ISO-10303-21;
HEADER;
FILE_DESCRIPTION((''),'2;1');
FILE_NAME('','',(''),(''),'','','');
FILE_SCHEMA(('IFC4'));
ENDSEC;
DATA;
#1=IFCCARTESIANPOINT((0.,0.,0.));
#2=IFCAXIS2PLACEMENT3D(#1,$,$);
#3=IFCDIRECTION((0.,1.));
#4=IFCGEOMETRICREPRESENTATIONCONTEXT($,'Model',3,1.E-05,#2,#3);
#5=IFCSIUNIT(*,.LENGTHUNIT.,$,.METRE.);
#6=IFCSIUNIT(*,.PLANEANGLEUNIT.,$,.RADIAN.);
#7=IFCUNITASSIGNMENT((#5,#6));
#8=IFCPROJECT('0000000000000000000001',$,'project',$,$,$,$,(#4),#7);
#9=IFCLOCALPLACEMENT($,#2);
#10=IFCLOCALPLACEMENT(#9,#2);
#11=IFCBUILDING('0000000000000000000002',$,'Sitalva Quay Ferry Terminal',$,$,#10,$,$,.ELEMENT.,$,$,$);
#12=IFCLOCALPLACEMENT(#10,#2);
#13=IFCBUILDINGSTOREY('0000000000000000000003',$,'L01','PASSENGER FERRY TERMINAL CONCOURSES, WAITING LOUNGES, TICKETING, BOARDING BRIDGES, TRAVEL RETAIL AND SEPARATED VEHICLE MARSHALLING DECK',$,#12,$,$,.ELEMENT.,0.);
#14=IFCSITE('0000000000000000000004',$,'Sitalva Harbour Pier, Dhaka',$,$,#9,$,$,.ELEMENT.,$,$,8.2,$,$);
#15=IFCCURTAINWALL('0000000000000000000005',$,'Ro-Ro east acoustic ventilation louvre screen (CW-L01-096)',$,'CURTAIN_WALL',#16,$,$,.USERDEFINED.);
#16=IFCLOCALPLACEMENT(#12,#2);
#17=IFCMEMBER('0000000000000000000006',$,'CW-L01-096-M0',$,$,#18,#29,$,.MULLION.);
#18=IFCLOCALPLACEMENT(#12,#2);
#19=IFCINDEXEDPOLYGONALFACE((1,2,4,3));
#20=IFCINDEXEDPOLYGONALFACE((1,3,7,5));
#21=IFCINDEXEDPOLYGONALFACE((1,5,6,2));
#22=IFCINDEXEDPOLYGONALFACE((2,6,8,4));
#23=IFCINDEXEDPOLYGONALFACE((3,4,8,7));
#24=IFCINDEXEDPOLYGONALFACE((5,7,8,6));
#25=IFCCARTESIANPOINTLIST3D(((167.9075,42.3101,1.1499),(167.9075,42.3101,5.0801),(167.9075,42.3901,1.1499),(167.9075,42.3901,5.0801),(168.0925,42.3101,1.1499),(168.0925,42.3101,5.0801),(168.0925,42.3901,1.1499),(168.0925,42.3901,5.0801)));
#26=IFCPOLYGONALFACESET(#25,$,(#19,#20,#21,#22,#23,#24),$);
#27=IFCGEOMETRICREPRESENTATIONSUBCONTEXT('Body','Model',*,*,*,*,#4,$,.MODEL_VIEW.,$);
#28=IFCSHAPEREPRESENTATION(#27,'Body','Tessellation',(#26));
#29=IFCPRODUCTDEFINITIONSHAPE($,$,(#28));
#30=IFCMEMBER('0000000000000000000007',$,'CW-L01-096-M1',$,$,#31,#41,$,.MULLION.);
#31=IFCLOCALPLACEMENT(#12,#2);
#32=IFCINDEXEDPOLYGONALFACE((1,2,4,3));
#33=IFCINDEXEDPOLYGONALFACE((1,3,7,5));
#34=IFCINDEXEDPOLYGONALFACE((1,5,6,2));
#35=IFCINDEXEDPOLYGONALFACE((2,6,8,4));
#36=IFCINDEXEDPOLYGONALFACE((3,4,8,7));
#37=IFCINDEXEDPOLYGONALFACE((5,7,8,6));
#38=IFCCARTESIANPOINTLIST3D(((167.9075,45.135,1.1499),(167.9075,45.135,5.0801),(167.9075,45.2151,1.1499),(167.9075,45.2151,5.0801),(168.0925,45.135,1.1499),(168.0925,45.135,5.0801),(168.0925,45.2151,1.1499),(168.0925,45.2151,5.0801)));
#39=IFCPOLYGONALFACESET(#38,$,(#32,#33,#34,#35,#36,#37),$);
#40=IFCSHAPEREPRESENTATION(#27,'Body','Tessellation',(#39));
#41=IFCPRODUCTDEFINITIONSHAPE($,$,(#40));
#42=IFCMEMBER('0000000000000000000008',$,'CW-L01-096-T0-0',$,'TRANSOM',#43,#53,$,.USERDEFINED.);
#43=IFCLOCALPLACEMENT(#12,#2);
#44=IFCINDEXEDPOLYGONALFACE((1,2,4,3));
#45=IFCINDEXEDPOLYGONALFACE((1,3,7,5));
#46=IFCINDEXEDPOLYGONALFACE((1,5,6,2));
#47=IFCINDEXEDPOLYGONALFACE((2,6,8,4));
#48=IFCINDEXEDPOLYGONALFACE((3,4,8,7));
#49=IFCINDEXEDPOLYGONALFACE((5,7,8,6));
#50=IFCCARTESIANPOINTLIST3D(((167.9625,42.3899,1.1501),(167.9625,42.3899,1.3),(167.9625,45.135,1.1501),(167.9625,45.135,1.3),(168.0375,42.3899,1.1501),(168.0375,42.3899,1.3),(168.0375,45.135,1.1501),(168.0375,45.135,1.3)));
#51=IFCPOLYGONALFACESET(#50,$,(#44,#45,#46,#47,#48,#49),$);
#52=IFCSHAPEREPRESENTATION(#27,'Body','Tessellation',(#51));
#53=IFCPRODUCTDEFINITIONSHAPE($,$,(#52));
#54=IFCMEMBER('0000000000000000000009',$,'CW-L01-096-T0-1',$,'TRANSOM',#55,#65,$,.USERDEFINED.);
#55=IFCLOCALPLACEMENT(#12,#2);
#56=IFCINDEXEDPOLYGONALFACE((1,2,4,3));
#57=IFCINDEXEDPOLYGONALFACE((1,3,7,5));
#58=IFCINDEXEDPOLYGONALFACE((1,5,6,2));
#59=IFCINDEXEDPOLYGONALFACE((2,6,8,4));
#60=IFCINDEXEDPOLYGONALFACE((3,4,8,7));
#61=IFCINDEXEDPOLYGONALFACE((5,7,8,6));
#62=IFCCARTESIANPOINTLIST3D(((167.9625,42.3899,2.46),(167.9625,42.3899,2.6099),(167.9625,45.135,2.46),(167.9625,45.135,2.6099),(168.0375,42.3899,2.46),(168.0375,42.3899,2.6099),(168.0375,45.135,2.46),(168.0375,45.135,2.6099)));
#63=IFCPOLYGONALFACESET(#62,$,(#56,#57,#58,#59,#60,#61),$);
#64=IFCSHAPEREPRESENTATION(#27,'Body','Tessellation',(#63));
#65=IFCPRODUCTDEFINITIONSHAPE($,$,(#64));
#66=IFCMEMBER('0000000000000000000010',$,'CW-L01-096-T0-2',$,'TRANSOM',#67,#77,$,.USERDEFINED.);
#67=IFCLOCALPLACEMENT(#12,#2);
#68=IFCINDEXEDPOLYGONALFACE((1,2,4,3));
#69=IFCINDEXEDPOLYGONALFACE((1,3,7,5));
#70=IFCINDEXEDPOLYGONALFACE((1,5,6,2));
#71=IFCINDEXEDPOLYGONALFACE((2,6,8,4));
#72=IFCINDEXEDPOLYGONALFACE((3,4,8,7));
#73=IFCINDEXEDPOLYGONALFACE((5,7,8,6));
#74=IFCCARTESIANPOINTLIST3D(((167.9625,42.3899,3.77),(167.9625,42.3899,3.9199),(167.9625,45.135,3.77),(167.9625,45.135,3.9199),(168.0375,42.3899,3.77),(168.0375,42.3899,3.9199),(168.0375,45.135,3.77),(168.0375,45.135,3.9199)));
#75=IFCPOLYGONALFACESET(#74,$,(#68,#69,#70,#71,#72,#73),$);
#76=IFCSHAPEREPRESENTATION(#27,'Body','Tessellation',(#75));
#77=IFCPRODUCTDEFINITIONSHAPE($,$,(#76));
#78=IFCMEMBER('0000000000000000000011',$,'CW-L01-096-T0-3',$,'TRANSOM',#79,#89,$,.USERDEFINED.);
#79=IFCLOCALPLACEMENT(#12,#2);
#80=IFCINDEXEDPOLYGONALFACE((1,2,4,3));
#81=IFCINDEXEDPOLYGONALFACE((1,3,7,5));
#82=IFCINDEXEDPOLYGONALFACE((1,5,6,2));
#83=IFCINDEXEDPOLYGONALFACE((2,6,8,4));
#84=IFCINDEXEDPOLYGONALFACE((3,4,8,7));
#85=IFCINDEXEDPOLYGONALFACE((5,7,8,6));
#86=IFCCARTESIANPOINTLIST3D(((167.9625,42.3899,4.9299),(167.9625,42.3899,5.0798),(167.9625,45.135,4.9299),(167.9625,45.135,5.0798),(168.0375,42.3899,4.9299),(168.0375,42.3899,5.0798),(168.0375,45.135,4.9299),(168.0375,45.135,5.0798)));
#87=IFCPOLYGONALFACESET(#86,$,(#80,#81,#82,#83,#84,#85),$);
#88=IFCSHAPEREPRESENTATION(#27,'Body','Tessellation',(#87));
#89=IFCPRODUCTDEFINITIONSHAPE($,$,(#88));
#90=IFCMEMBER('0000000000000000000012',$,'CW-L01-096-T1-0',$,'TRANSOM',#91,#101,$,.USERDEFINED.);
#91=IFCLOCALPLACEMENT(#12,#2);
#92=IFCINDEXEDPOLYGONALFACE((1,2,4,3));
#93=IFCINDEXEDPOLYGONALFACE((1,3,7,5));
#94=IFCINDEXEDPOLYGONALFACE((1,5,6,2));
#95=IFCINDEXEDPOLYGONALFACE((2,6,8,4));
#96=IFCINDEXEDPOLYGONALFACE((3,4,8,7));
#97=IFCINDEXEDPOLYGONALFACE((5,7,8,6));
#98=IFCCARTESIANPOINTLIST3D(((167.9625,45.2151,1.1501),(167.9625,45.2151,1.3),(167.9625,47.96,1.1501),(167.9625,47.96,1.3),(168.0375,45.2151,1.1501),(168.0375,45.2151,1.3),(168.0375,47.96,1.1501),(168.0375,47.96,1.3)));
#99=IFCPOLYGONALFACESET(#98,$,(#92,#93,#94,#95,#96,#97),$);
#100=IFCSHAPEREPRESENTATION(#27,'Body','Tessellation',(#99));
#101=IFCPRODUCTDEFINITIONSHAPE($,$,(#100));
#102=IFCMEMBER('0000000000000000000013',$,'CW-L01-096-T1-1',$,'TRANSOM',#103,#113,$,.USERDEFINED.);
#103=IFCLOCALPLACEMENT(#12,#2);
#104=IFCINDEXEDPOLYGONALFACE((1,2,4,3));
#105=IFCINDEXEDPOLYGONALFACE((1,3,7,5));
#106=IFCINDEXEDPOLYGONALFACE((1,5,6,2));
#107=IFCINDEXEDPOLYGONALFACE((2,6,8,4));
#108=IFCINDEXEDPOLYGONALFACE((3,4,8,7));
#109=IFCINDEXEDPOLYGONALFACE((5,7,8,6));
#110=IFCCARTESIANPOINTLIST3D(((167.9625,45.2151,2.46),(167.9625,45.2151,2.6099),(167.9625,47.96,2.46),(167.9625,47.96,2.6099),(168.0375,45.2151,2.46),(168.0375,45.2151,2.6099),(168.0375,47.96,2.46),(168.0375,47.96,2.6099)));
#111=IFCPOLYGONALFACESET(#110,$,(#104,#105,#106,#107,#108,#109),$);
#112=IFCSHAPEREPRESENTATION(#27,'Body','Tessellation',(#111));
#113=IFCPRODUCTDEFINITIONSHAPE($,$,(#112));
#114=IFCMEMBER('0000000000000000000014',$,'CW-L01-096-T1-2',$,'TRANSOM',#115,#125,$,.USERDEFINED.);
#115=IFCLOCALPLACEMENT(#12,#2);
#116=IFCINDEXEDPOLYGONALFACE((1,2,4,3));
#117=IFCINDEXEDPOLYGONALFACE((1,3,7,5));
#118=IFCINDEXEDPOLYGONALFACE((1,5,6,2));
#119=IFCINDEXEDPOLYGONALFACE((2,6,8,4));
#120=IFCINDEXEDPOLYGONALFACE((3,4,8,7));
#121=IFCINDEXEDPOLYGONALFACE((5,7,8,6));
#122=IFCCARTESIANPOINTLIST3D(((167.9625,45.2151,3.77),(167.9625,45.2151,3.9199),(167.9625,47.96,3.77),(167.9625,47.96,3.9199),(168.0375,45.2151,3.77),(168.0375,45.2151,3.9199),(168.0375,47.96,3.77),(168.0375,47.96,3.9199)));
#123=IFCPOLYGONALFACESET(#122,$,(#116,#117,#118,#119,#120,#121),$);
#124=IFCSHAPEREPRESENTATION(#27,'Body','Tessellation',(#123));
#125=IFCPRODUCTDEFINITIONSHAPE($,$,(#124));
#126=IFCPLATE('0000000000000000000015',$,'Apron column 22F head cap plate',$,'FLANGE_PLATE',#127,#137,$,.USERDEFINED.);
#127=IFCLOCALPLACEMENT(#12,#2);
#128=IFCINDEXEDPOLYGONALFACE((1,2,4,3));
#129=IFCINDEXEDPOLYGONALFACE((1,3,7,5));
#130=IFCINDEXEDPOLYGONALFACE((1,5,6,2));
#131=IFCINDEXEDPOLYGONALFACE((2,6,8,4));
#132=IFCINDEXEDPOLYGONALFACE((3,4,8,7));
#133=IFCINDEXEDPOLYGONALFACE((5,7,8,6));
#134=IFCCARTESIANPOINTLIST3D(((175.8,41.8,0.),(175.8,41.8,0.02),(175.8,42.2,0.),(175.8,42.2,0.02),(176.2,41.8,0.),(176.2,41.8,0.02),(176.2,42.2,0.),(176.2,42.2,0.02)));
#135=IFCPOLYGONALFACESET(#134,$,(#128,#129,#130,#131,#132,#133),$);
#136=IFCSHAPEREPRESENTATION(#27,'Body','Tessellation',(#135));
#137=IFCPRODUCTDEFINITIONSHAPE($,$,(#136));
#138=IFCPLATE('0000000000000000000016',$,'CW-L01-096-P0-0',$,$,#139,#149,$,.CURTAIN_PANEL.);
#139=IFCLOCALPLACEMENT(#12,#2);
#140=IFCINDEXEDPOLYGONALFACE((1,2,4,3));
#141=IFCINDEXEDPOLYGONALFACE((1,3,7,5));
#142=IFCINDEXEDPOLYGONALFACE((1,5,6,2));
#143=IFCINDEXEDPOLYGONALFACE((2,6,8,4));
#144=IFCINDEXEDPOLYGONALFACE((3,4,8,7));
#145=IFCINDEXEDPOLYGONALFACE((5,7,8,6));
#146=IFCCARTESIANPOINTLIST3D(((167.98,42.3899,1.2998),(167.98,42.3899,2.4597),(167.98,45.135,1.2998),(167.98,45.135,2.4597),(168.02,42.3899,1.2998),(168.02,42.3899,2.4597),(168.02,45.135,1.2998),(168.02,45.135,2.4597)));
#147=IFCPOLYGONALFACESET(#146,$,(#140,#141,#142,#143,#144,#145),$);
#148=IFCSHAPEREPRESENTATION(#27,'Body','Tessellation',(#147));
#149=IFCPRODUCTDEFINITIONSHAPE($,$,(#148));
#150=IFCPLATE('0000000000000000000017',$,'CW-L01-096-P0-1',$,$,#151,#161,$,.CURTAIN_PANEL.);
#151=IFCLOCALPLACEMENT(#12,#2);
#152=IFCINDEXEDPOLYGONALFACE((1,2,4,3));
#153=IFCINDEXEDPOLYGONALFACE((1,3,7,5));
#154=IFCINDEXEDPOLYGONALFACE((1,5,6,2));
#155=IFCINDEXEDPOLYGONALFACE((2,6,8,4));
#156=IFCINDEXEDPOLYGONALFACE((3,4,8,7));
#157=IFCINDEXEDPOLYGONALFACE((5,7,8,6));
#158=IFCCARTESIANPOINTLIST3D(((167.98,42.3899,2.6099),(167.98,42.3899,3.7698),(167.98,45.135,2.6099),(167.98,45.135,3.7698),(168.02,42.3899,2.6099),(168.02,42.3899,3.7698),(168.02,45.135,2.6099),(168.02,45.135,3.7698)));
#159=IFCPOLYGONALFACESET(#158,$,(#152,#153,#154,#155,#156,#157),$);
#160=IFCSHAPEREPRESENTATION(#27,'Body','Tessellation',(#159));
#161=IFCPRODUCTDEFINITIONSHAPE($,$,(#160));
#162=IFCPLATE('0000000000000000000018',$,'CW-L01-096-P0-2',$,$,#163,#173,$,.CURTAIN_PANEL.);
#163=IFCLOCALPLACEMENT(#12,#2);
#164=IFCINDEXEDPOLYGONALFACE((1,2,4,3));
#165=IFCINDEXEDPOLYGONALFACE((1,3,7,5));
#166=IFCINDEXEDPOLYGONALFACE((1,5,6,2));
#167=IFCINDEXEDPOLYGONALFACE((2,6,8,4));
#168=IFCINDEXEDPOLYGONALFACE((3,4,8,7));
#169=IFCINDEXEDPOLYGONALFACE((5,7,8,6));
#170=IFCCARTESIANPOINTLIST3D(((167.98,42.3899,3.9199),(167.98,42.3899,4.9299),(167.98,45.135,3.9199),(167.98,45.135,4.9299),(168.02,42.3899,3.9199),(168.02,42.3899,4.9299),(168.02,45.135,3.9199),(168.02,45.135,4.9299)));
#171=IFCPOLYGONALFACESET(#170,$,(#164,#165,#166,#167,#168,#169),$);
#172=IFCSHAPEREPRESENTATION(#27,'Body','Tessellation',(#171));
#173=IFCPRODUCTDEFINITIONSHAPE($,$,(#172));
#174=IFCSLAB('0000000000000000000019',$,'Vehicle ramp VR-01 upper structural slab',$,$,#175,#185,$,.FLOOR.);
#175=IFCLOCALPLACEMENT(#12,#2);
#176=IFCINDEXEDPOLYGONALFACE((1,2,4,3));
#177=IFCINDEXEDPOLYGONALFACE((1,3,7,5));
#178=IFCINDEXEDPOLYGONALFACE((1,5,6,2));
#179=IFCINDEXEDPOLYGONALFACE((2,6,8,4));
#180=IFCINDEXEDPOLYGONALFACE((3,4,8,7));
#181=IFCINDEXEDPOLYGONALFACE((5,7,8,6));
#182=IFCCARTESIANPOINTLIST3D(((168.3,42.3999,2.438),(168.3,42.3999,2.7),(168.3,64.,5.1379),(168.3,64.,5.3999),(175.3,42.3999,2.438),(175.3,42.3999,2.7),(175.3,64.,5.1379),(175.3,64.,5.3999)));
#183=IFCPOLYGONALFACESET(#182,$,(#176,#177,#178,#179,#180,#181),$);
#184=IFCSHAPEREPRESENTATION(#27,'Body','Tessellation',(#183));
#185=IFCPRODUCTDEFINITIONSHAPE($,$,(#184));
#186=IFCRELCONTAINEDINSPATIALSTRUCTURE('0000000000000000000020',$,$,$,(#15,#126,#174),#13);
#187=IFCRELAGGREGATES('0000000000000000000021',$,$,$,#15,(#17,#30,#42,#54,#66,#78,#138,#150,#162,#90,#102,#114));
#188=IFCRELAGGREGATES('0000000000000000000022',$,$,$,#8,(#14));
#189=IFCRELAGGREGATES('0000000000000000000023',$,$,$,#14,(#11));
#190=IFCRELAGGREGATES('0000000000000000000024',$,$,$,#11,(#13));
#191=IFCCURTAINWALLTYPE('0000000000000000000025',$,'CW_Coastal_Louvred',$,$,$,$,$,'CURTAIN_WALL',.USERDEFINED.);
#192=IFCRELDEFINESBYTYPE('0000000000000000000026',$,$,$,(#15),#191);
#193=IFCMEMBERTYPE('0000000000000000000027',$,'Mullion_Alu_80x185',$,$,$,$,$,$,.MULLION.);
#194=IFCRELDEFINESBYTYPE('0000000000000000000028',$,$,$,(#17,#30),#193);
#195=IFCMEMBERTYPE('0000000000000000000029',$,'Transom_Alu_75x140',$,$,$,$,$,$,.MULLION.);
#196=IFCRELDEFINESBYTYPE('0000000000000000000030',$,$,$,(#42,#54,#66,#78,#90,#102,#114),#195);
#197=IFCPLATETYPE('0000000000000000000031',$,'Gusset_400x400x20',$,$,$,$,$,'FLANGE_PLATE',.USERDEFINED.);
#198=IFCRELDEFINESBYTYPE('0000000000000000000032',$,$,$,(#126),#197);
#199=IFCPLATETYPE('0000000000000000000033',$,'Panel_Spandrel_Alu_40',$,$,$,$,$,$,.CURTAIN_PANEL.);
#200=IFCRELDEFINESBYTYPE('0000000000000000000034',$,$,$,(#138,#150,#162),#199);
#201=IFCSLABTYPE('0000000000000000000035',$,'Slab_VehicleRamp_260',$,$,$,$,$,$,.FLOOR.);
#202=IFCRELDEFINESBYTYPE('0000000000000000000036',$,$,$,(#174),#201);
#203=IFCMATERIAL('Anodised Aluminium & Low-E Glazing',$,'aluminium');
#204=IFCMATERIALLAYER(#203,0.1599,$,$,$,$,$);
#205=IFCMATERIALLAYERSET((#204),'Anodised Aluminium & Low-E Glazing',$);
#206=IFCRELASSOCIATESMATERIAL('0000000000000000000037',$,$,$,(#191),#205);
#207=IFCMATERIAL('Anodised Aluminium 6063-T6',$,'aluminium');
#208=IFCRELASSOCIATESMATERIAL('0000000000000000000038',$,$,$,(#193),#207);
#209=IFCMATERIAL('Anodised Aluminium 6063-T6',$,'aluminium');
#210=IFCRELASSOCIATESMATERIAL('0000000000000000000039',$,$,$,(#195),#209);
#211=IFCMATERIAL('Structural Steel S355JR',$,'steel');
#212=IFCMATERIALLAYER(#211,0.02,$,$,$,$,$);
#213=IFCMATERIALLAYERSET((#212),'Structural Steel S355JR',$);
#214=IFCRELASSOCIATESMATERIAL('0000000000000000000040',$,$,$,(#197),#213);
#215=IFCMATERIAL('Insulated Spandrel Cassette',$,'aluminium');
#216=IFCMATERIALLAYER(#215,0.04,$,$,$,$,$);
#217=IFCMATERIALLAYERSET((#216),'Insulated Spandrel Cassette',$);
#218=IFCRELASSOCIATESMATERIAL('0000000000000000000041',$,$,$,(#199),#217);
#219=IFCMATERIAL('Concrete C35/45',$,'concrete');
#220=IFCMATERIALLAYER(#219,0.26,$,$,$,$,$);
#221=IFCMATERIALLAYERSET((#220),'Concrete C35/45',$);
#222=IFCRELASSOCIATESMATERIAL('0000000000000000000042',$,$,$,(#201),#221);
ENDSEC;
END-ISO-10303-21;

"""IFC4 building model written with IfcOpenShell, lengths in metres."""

from ifc_helpers import new_model, si_unit, direction, frame, origin, origin_2d, place, context, subcontext, project, spatial, polyline, rectangle, outline, extrude, material, layer, layer_set, material_profile, profile_set, type_object, element, aggregate, save


model = new_model("IFC4")

# Units and contexts
model_context = context("Model", 3, precision=1e-05, world=origin(), true_north=direction((0.0, 1.0)))
body_context = subcontext(model_context, "Body", "Model", "MODEL_VIEW")
ifc_project = project(units=[si_unit("LENGTHUNIT", "METRE"), si_unit("PLANEANGLEUNIT", "RADIAN")], contexts=[model_context])

# Site, building, storey
site_placement = place(None, origin())
site = spatial("IfcSite", under=ifc_project, at=site_placement, Name="Sitalva Harbour Pier, Dhaka", CompositionType="ELEMENT", RefElevation=8.2)
building_placement = place(site_placement, origin())
building = spatial("IfcBuilding", under=site, at=building_placement, Name="Sitalva Quay Ferry Terminal", CompositionType="ELEMENT")
storey_placement = place(building_placement, origin())
storey = spatial("IfcBuildingStorey", under=building, at=storey_placement, Name="L01", Description="PASSENGER FERRY TERMINAL CONCOURSES, WAITING LOUNGES, TICKETING, BOARDING BRIDGES, TRAVEL RETAIL AND SEPARATED VEHICLE MARSHALLING DECK", CompositionType="ELEMENT", Elevation=0.0)

# Curtain wall, members
ifc_material_1 = material(Name="Anodised Aluminium & Low-E Glazing", Category="aluminium")
ifc_layer_1 = layer(ifc_material_1, 0.1599)
ifc_layer_set_1 = layer_set([ifc_layer_1], Name="Anodised Aluminium & Low-E Glazing")
curtain_wall_type = type_object("IfcCurtainWallType", Name="CW_Coastal_Louvred", ElementType="CURTAIN_WALL", PredefinedType="USERDEFINED", material=ifc_layer_set_1)
curtain_wall_placement = place(storey_placement, origin())
curtain_wall = element("IfcCurtainWall", 1, at=curtain_wall_placement, inside=storey, type_object=curtain_wall_type, Name="Ro-Ro east acoustic ventilation louvre screen (CW-L01-096)", ObjectType="CURTAIN_WALL", PredefinedType="USERDEFINED")
ifc_material_2 = material(Name="Anodised Aluminium 6063-T6", Category="aluminium")
ifc_material_profile_1 = material_profile(ifc_material_2, rectangle(XDim=0.0801, YDim=0.1851, at=origin_2d()), Name="ALU80x185")
ifc_profile_set_1 = profile_set([ifc_material_profile_1], Name="Anodised Aluminium 6063-T6")
member_type_1 = type_object("IfcMemberType", Name="Mullion_Alu_80x185", PredefinedType="MULLION", material=ifc_profile_set_1)
member_1_placement = place(storey_placement, frame((168.0, 42.3501, 1.1499), z_axis=(0.0, 0.0, 1.0), x_axis=(0.0, 1.0, 0.0)))
member_1 = element("IfcMember", 2, at=member_1_placement, type_object=member_type_1, Name="CW-L01-096-M0", PredefinedType="MULLION", context=body_context, shape_type="SweptSolid", body=[
    extrude(rectangle(XDim=0.0801, YDim=0.1851, at=origin_2d()), origin(), (0.0, 0.0, 1.0), 3.9302),
])
member_2_placement = place(storey_placement, frame((168.0, 45.175, 1.1499), z_axis=(0.0, 0.0, 1.0), x_axis=(0.0, 1.0, 0.0)))
member_2 = element("IfcMember", 3, at=member_2_placement, type_object=member_type_1, Name="CW-L01-096-M1", PredefinedType="MULLION", context=body_context, shape_type="SweptSolid", body=[
    extrude(rectangle(XDim=0.0801, YDim=0.1851, at=origin_2d()), origin(), (0.0, 0.0, 1.0), 3.9302),
])
ifc_material_3 = material(Name="Anodised Aluminium 6063-T6", Category="aluminium")
ifc_material_profile_2 = material_profile(ifc_material_3, rectangle(XDim=0.075, YDim=0.1499, at=origin_2d()), Name="ALU75x150")
ifc_profile_set_2 = profile_set([ifc_material_profile_2], Name="Anodised Aluminium 6063-T6")
member_type_2 = type_object("IfcMemberType", Name="Transom_Alu_75x140", PredefinedType="MULLION", material=ifc_profile_set_2)
member_3_placement = place(storey_placement, frame((168.0, 42.3899, 1.2251), z_axis=(0.0, 1.0, 0.0), x_axis=(-1.0, 0.0, 0.0)))
member_3 = element("IfcMember", 4, at=member_3_placement, type_object=member_type_2, Name="CW-L01-096-T0-0", ObjectType="TRANSOM", PredefinedType="USERDEFINED", context=body_context, shape_type="SweptSolid", body=[
    extrude(rectangle(XDim=0.075, YDim=0.1499, at=origin_2d()), origin(), (0.0, 0.0, 1.0), 2.7451),
])
member_4_placement = place(storey_placement, frame((168.0, 42.3899, 2.5349), z_axis=(0.0, 1.0, 0.0), x_axis=(-1.0, 0.0, 0.0)))
member_4 = element("IfcMember", 5, at=member_4_placement, type_object=member_type_2, Name="CW-L01-096-T0-1", ObjectType="TRANSOM", PredefinedType="USERDEFINED", context=body_context, shape_type="SweptSolid", body=[
    extrude(rectangle(XDim=0.075, YDim=0.1499, at=origin_2d()), origin(), (0.0, 0.0, 1.0), 2.7451),
])
member_5_placement = place(storey_placement, frame((168.0, 42.3899, 3.845), z_axis=(0.0, 1.0, 0.0), x_axis=(-1.0, 0.0, 0.0)))
member_5 = element("IfcMember", 6, at=member_5_placement, type_object=member_type_2, Name="CW-L01-096-T0-2", ObjectType="TRANSOM", PredefinedType="USERDEFINED", context=body_context, shape_type="SweptSolid", body=[
    extrude(rectangle(XDim=0.075, YDim=0.1499, at=origin_2d()), origin(), (0.0, 0.0, 1.0), 2.7451),
])
member_6_placement = place(storey_placement, frame((168.0, 42.3899, 5.0049), z_axis=(0.0, 1.0, 0.0), x_axis=(-1.0, 0.0, 0.0)))
member_6 = element("IfcMember", 7, at=member_6_placement, type_object=member_type_2, Name="CW-L01-096-T0-3", ObjectType="TRANSOM", PredefinedType="USERDEFINED", context=body_context, shape_type="SweptSolid", body=[
    extrude(rectangle(XDim=0.075, YDim=0.1499, at=origin_2d()), origin(), (0.0, 0.0, 1.0), 2.7451),
])
member_7_placement = place(storey_placement, frame((168.0, 45.2151, 1.2251), z_axis=(0.0, 1.0, 0.0), x_axis=(-1.0, 0.0, 0.0)))
member_7 = element("IfcMember", 8, at=member_7_placement, type_object=member_type_2, Name="CW-L01-096-T1-0", ObjectType="TRANSOM", PredefinedType="USERDEFINED", context=body_context, shape_type="SweptSolid", body=[
    extrude(rectangle(XDim=0.075, YDim=0.1499, at=origin_2d()), origin(), (0.0, 0.0, 1.0), 2.7449),
])
member_8_placement = place(storey_placement, frame((168.0, 45.2151, 2.5349), z_axis=(0.0, 1.0, 0.0), x_axis=(-1.0, 0.0, 0.0)))
member_8 = element("IfcMember", 9, at=member_8_placement, type_object=member_type_2, Name="CW-L01-096-T1-1", ObjectType="TRANSOM", PredefinedType="USERDEFINED", context=body_context, shape_type="SweptSolid", body=[
    extrude(rectangle(XDim=0.075, YDim=0.1499, at=origin_2d()), origin(), (0.0, 0.0, 1.0), 2.7449),
])
member_9_placement = place(storey_placement, frame((168.0, 45.2151, 3.845), z_axis=(0.0, 1.0, 0.0), x_axis=(-1.0, 0.0, 0.0)))
member_9 = element("IfcMember", 10, at=member_9_placement, type_object=member_type_2, Name="CW-L01-096-T1-2", ObjectType="TRANSOM", PredefinedType="USERDEFINED", context=body_context, shape_type="SweptSolid", body=[
    extrude(rectangle(XDim=0.075, YDim=0.1499, at=origin_2d()), origin(), (0.0, 0.0, 1.0), 2.7449),
])

# Plates
ifc_material_4 = material(Name="Structural Steel S355JR", Category="steel")
ifc_layer_2 = layer(ifc_material_4, 0.02)
ifc_layer_set_2 = layer_set([ifc_layer_2], Name="Structural Steel S355JR")
plate_type_1 = type_object("IfcPlateType", Name="Gusset_400x400x20", ElementType="FLANGE_PLATE", PredefinedType="USERDEFINED", material=ifc_layer_set_2)
plate_1_placement = place(storey_placement, frame((176.0, 42.0, 0.0), z_axis=(0.0, 0.0, 1.0), x_axis=(1.0, 0.0, 0.0)))
element("IfcPlate", 11, at=plate_1_placement, inside=storey, type_object=plate_type_1, Name="Apron column 22F head cap plate", ObjectType="FLANGE_PLATE", PredefinedType="USERDEFINED", context=body_context, shape_type="SweptSolid", body=[
    extrude(rectangle(XDim=0.3999, YDim=0.3999, at=origin_2d()), origin(), (0.0, 0.0, 1.0), 0.02),
])
ifc_material_5 = material(Name="Insulated Spandrel Cassette", Category="aluminium")
ifc_layer_3 = layer(ifc_material_5, 0.04)
ifc_layer_set_3 = layer_set([ifc_layer_3], Name="Insulated Spandrel Cassette")
plate_type_2 = type_object("IfcPlateType", Name="Panel_Spandrel_Alu_40", PredefinedType="CURTAIN_PANEL", material=ifc_layer_set_3)
plate_2_placement = place(storey_placement, frame((168.0, 43.7625, 1.2998), z_axis=(0.0, 0.0, 1.0), x_axis=(0.0, 1.0, 0.0)))
plate_2 = element("IfcPlate", 12, at=plate_2_placement, type_object=plate_type_2, Name="CW-L01-096-P0-0", PredefinedType="CURTAIN_PANEL", context=body_context, shape_type="SweptSolid", body=[
    extrude(rectangle(XDim=2.7451, YDim=0.04, at=origin_2d()), origin(), (0.0, 0.0, 1.0), 1.1599),
])
plate_3_placement = place(storey_placement, frame((168.0, 43.7625, 2.6099), z_axis=(0.0, 0.0, 1.0), x_axis=(0.0, 1.0, 0.0)))
plate_3 = element("IfcPlate", 13, at=plate_3_placement, type_object=plate_type_2, Name="CW-L01-096-P0-1", PredefinedType="CURTAIN_PANEL", context=body_context, shape_type="SweptSolid", body=[
    extrude(rectangle(XDim=2.7451, YDim=0.04, at=origin_2d()), origin(), (0.0, 0.0, 1.0), 1.1599),
])
plate_4_placement = place(storey_placement, frame((168.0, 43.7625, 3.9199), z_axis=(0.0, 0.0, 1.0), x_axis=(0.0, 1.0, 0.0)))
plate_4 = element("IfcPlate", 14, at=plate_4_placement, type_object=plate_type_2, Name="CW-L01-096-P0-2", PredefinedType="CURTAIN_PANEL", context=body_context, shape_type="SweptSolid", body=[
    extrude(rectangle(XDim=2.7451, YDim=0.04, at=origin_2d()), origin(), (0.0, 0.0, 1.0), 1.01),
])
aggregate(curtain_wall, [member_1, member_2, member_3, member_4, member_5, member_6, plate_2, plate_3, plate_4, member_7, member_8, member_9])

# Slab
ifc_material_6 = material(Name="Concrete C35/45", Category="concrete")
ifc_layer_4 = layer(ifc_material_6, 0.26)
ifc_layer_set_4 = layer_set([ifc_layer_4], Name="Concrete C35/45")
slab_type = type_object("IfcSlabType", Name="Slab_VehicleRamp_260", PredefinedType="FLOOR", material=ifc_layer_set_4)
slab_placement = place(storey_placement, frame((168.3, 42.3999, 2.7), z_axis=(0.0, -0.124032, 0.992278), x_axis=(1.0, 0.0, 0.0)))
element("IfcSlab", 15, at=slab_placement, inside=storey, type_object=slab_type, Name="Vehicle ramp VR-01 upper structural slab", PredefinedType="FLOOR", context=body_context, shape_type="SweptSolid", body=[
    extrude(outline(polyline([(0.0, 0.0), (7.0, 0.0), (7.0, 21.7682), (0.0, 21.7682), (0.0, 0.0)])), origin(), (0.0, -0.124032, -0.992278), 0.262),
])

save(model, "model.ifc")
